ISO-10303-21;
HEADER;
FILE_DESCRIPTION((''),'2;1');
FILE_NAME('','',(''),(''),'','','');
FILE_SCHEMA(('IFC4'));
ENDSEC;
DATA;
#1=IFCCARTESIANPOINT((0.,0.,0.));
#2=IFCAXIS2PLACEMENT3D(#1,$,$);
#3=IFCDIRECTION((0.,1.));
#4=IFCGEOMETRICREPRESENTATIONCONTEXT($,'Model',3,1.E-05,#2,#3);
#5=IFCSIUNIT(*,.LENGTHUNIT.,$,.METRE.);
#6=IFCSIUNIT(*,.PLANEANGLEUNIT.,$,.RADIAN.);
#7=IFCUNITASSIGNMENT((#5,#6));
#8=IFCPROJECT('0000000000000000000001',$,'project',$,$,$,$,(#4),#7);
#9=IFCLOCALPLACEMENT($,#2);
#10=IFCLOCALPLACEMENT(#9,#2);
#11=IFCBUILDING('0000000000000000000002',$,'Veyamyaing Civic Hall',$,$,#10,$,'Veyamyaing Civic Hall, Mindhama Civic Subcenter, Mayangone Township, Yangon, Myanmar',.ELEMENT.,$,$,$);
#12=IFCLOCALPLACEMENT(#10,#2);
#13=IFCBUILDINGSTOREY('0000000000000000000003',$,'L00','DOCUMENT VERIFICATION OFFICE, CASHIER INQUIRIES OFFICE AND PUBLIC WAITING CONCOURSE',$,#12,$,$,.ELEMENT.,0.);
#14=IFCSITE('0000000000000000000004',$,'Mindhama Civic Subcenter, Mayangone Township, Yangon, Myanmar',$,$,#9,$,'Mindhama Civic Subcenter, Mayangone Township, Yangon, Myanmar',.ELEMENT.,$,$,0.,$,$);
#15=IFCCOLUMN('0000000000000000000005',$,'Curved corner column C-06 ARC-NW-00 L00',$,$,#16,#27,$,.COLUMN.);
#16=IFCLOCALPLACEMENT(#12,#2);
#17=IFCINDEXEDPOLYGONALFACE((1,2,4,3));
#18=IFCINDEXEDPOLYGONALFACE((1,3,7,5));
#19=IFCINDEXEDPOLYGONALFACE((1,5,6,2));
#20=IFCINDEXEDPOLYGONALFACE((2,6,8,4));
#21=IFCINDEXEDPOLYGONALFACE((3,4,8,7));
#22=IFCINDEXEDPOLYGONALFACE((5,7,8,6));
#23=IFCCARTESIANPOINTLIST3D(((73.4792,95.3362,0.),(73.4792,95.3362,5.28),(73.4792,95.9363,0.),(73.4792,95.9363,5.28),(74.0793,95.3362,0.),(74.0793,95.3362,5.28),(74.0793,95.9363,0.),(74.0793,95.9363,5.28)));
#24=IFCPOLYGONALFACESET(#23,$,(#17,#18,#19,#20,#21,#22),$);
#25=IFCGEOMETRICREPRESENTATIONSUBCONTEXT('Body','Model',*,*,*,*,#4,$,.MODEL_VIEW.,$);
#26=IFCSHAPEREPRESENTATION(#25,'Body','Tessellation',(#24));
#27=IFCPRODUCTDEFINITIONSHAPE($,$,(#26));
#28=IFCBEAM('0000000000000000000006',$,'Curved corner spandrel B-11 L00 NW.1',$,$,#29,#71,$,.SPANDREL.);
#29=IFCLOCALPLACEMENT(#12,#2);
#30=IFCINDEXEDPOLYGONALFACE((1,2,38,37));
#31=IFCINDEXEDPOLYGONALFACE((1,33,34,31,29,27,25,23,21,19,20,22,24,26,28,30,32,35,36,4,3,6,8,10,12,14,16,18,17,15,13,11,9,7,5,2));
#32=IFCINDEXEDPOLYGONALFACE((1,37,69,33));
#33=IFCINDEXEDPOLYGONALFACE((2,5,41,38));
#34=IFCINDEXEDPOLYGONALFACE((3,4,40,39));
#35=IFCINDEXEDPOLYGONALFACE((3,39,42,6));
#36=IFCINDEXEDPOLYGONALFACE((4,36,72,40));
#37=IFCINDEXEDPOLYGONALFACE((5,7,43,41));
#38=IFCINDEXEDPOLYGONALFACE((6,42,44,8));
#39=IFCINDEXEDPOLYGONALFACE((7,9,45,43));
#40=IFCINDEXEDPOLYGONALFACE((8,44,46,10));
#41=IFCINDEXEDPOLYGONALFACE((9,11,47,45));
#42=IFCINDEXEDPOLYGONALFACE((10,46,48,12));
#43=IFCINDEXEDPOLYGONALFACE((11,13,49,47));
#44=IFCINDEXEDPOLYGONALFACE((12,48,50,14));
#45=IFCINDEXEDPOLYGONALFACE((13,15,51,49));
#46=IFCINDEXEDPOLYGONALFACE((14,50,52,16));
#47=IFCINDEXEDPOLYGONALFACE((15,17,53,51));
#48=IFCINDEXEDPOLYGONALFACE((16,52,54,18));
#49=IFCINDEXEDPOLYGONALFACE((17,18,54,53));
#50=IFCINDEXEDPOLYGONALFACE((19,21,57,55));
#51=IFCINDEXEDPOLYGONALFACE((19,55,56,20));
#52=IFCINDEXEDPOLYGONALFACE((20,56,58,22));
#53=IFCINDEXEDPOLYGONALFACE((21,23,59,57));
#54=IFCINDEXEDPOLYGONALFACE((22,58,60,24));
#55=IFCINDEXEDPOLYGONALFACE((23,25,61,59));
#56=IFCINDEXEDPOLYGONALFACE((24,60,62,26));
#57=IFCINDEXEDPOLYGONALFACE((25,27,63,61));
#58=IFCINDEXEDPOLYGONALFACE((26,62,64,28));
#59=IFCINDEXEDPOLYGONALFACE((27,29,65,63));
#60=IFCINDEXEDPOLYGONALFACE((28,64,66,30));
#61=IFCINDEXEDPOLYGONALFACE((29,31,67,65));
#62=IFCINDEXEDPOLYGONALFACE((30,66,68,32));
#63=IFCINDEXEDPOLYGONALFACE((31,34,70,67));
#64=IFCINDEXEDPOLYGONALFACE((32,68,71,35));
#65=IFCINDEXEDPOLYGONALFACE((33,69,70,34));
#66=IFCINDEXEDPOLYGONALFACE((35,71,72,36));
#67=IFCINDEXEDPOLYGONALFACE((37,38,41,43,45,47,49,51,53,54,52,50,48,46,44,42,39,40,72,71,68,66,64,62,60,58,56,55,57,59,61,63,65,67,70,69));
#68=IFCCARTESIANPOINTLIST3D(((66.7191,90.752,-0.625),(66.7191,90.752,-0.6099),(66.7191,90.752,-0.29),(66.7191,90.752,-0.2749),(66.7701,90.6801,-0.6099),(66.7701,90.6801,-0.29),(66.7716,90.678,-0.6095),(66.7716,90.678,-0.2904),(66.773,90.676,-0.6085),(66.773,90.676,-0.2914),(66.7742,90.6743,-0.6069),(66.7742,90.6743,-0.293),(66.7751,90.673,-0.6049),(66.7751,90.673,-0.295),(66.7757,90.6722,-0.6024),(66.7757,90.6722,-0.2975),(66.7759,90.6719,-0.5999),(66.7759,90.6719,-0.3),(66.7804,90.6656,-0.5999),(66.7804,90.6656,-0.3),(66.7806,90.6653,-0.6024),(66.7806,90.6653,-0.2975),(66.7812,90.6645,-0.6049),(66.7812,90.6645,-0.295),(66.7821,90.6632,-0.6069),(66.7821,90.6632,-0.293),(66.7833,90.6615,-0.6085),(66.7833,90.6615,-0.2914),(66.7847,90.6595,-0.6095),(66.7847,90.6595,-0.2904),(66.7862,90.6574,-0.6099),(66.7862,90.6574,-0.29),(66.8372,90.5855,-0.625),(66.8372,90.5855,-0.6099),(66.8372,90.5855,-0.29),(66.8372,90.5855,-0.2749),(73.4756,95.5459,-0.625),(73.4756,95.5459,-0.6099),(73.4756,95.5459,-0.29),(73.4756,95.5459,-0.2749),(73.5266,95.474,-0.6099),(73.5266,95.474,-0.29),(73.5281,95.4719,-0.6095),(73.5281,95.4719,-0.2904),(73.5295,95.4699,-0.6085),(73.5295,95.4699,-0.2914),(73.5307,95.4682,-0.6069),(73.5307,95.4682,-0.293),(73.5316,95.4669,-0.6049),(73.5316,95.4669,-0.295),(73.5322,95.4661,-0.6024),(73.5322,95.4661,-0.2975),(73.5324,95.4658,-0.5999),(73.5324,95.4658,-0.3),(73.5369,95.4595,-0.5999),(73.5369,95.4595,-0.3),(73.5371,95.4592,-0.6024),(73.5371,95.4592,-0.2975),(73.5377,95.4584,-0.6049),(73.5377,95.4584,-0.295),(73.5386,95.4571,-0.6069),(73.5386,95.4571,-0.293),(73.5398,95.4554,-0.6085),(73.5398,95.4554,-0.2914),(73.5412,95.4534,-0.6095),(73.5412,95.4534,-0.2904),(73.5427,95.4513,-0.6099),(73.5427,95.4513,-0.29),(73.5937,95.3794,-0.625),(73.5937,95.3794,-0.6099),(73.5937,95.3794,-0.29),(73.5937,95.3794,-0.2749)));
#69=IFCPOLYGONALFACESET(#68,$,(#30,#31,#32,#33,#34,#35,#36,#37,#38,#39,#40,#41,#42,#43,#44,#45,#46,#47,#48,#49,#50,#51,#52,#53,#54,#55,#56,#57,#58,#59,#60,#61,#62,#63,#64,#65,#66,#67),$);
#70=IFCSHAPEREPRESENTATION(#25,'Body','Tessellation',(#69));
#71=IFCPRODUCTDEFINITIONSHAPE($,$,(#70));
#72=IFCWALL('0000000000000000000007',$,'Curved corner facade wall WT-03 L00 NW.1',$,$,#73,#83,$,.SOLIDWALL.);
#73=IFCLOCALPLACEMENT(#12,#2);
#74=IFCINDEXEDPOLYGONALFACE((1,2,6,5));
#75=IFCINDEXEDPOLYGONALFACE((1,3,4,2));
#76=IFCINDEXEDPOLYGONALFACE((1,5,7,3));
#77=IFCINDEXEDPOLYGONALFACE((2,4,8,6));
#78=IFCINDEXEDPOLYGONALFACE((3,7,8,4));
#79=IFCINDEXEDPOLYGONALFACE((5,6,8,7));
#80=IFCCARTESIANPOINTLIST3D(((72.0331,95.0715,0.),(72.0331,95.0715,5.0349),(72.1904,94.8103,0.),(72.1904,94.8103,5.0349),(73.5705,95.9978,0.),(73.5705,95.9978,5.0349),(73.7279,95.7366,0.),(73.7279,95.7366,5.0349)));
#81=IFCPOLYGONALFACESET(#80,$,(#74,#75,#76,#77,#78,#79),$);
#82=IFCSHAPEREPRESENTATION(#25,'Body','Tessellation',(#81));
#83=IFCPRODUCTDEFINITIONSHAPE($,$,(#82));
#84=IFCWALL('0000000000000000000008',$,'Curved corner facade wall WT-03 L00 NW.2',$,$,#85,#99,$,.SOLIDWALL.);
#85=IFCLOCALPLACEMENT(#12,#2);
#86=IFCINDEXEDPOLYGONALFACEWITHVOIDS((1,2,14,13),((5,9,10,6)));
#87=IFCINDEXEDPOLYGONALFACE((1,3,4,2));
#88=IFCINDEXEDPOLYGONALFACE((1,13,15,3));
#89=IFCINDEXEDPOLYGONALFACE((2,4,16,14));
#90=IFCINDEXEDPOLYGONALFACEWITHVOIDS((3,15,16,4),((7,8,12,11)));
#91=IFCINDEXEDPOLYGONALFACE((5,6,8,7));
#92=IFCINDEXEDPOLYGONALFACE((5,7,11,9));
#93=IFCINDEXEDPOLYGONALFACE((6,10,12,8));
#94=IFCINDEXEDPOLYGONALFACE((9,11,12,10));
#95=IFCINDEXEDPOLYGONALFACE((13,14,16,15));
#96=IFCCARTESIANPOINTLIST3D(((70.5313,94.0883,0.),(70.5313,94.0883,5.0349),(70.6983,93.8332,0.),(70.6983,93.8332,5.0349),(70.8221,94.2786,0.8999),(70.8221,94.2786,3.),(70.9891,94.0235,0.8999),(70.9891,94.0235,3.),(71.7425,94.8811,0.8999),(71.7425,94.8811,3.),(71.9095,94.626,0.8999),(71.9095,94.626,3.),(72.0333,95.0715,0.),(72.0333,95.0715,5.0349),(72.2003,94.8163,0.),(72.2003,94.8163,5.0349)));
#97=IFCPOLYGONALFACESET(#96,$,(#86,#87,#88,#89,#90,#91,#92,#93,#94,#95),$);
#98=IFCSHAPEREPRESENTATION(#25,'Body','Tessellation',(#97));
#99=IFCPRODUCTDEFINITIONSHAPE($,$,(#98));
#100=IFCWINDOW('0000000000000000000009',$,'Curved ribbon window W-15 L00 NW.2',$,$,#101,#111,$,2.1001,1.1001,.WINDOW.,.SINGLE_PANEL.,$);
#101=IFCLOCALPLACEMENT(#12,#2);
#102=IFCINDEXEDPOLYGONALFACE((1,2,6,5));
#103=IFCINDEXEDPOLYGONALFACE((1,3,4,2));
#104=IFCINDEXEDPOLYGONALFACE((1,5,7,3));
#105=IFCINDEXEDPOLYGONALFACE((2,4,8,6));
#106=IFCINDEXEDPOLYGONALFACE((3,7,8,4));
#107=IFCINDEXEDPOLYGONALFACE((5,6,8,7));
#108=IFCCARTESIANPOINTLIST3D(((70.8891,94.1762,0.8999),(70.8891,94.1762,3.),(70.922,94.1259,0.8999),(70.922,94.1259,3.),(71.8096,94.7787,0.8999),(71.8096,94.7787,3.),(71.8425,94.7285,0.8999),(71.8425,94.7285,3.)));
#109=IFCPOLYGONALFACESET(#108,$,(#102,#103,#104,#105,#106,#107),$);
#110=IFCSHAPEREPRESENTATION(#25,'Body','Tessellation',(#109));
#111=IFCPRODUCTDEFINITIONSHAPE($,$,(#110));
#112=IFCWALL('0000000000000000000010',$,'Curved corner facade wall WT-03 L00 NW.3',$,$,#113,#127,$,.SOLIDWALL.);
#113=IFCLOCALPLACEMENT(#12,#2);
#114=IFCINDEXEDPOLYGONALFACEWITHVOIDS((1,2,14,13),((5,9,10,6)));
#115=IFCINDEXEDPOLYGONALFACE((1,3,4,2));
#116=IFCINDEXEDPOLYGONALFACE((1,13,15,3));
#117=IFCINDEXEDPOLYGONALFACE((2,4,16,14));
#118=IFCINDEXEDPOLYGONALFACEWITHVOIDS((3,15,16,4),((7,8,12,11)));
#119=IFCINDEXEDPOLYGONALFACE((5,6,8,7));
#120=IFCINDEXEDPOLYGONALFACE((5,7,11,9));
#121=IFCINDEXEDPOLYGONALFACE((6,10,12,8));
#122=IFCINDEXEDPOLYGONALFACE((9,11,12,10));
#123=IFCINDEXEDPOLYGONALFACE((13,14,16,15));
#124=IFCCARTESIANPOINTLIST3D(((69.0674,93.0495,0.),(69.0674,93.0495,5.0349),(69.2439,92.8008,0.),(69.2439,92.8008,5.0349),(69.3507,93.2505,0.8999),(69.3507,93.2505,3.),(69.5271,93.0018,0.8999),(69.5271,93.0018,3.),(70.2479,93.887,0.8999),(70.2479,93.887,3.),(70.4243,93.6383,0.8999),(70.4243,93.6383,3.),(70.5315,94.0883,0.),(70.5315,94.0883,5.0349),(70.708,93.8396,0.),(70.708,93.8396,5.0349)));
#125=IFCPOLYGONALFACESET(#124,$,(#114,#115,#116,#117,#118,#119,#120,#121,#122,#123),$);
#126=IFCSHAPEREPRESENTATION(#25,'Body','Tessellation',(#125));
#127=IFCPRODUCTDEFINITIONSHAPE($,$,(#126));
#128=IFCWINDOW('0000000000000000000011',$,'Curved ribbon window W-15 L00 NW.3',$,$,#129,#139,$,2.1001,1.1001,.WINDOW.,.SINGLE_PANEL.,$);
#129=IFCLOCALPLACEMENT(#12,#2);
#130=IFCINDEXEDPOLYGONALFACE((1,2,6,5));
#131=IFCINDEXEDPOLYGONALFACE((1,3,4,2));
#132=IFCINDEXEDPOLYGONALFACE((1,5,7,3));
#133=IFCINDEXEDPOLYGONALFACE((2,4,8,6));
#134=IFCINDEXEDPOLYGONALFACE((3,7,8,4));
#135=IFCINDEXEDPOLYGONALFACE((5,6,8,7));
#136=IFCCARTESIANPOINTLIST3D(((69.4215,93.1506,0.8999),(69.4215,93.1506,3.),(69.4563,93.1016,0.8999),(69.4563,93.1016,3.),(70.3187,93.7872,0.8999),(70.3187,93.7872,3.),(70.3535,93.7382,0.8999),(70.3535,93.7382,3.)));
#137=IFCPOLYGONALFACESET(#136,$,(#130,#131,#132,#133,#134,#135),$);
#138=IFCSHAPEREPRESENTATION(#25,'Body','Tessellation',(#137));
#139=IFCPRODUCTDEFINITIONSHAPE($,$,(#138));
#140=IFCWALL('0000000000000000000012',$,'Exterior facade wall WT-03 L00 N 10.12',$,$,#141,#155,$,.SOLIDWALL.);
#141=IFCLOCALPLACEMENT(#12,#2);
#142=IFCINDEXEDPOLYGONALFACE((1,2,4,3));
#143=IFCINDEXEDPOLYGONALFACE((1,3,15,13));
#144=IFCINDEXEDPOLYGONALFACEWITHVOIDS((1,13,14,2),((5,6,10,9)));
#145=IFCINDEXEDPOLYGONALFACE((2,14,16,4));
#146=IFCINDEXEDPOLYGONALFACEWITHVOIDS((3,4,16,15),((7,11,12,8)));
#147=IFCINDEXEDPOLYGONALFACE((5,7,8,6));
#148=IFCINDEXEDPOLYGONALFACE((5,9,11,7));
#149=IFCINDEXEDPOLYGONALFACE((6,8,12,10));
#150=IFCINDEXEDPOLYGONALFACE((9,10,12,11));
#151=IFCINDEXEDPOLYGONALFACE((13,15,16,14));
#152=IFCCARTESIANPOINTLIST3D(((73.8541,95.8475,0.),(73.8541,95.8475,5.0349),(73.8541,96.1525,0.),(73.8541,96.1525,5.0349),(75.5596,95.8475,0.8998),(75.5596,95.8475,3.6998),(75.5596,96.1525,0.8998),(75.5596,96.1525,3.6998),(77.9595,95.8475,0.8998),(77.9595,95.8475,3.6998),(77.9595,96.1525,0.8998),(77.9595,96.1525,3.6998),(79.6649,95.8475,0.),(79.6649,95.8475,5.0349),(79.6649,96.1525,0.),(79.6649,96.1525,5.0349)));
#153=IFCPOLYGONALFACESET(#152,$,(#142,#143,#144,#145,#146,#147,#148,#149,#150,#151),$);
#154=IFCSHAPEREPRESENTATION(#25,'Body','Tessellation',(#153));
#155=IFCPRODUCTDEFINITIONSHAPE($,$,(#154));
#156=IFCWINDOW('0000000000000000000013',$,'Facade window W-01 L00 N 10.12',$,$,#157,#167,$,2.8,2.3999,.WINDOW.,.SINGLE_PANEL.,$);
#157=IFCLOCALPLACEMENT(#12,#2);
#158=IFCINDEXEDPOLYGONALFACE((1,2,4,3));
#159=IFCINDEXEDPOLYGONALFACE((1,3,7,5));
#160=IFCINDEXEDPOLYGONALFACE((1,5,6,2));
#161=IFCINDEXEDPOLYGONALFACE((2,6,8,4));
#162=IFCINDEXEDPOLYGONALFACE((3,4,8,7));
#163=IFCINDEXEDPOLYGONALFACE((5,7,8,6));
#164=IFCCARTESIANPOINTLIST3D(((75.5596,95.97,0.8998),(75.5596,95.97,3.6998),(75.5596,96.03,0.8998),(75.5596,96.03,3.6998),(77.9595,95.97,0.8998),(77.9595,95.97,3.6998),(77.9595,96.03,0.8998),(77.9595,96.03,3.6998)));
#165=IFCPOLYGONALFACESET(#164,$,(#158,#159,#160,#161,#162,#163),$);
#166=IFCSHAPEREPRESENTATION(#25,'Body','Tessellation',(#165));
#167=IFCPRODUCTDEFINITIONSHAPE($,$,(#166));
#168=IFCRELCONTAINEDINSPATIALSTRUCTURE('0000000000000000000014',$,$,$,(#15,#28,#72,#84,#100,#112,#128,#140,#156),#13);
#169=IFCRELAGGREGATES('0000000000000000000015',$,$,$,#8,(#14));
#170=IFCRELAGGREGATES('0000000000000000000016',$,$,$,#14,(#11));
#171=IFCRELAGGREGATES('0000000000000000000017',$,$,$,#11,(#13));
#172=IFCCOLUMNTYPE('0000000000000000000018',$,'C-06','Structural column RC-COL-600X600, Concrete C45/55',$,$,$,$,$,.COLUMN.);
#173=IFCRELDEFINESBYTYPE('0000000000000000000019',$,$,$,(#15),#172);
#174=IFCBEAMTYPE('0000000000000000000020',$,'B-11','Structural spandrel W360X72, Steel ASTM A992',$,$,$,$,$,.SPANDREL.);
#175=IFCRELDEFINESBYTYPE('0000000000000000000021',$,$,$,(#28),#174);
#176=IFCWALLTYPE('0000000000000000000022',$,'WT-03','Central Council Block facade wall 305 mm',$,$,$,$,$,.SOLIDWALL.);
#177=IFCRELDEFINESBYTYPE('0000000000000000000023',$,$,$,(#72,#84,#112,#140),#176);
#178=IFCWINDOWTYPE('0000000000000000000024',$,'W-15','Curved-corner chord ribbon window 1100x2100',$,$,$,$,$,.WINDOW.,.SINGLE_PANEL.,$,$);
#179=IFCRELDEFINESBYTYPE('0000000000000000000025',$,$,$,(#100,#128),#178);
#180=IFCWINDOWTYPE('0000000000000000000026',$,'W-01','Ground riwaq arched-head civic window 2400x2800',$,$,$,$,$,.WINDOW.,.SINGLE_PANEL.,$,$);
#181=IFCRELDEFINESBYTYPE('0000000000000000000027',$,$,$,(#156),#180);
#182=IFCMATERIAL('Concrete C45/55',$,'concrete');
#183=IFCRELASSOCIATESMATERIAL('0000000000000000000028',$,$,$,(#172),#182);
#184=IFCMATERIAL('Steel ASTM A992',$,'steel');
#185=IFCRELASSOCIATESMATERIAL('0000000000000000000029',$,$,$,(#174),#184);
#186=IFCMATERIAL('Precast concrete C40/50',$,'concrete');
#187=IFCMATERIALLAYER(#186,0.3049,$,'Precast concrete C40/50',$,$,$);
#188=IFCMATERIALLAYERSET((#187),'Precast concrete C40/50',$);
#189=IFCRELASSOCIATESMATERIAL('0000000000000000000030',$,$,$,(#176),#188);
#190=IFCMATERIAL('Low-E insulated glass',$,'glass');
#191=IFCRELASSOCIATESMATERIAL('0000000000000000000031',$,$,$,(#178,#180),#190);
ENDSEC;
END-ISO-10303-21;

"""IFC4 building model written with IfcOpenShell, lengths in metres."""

from ifc_helpers import new_model, si_unit, direction, frame, frame_2d, origin, origin_2d, place, context, subcontext, project, spatial, rectangle, i_section, extrude, material, layer, layer_set, material_profile, profile_set, type_object, element, fill, save


model = new_model("IFC4")

# Units and contexts
model_context = context("Model", 3, precision=1e-05, world=origin(), true_north=direction((0.0, 1.0)))
body_context = subcontext(model_context, "Body", "Model", "MODEL_VIEW")
ifc_project = project(units=[si_unit("LENGTHUNIT", "METRE"), si_unit("PLANEANGLEUNIT", "RADIAN")], contexts=[model_context])

# Site, building, storey
site_placement = place(None, origin())
site = spatial("IfcSite", under=ifc_project, at=site_placement, Name="Mindhama Civic Subcenter, Mayangone Township, Yangon, Myanmar", LongName="Mindhama Civic Subcenter, Mayangone Township, Yangon, Myanmar", CompositionType="ELEMENT", RefElevation=0.0)
building_placement = place(site_placement, origin())
building = spatial("IfcBuilding", under=site, at=building_placement, Name="Veyamyaing Civic Hall", LongName="Veyamyaing Civic Hall, Mindhama Civic Subcenter, Mayangone Township, Yangon, Myanmar", CompositionType="ELEMENT")
storey_placement = place(building_placement, origin())
storey = spatial("IfcBuildingStorey", under=building, at=storey_placement, Name="L00", Description="DOCUMENT VERIFICATION OFFICE, CASHIER INQUIRIES OFFICE AND PUBLIC WAITING CONCOURSE", CompositionType="ELEMENT", Elevation=0.0)

# Column
ifc_material_1 = material(Name="Concrete C45/55", Category="concrete")
ifc_material_profile_1 = material_profile(ifc_material_1, rectangle(XDim=0.6001, YDim=0.6001, at=origin_2d()), Name="RC-COL-600X600")
ifc_profile_set_1 = profile_set([ifc_material_profile_1], Name="Concrete C45/55")
column_type = type_object("IfcColumnType", Name="C-06", Description="Structural column RC-COL-600X600, Concrete C45/55", PredefinedType="COLUMN", material=ifc_profile_set_1)
column_placement = place(storey_placement, frame((73.7793, 95.6362, 0.0), z_axis=(0.0, 0.0, 1.0), x_axis=(1.0, 0.0, 0.0)))
element("IfcColumn", 1, at=column_placement, inside=storey, type_object=column_type, Name="Curved corner column C-06 ARC-NW-00 L00", PredefinedType="COLUMN", context=body_context, shape_type="SweptSolid", body=[
    extrude(rectangle(XDim=0.6001, YDim=0.6001, at=origin_2d()), origin(), (0.0, 0.0, 1.0), 5.28),
])

# Beam
ifc_material_2 = material(Name="Steel ASTM A992", Category="steel")
ifc_material_profile_2 = material_profile(ifc_material_2, i_section(OverallWidth=0.2041, OverallDepth=0.3501, WebThickness=0.0078, FlangeThickness=0.0151, FilletRadius=0.01, at=origin_2d()), Name="W360X72")
ifc_profile_set_2 = profile_set([ifc_material_profile_2], Name="Steel ASTM A992")
beam_type = type_object("IfcBeamType", Name="B-11", Description="Structural spandrel W360X72, Steel ASTM A992", PredefinedType="SPANDREL", material=ifc_profile_set_2)
beam_placement = place(storey_placement, frame((73.5347, 95.4626, -0.45), z_axis=(-0.815567, -0.578662, 0.0), x_axis=(0.578662, -0.815567, 0.0)))
element("IfcBeam", 2, at=beam_placement, inside=storey, type_object=beam_type, Name="Curved corner spandrel B-11 L00 NW.1", PredefinedType="SPANDREL", context=body_context, shape_type="SweptSolid", body=[
    extrude(i_section(OverallWidth=0.2041, OverallDepth=0.3501, WebThickness=0.0078, FlangeThickness=0.0151, FilletRadius=0.01, at=origin_2d()), origin(), (0.0, 0.0, 1.0), 8.2844),
])

# Wall
ifc_material_3 = material(Name="Precast concrete C40/50", Category="concrete")
ifc_layer_1 = layer(ifc_material_3, 0.3049, Name="Precast concrete C40/50")
ifc_layer_set_1 = layer_set([ifc_layer_1], Name="Precast concrete C40/50")
wall_type = type_object("IfcWallType", Name="WT-03", Description="Central Council Block facade wall 305 mm", PredefinedType="SOLIDWALL", material=ifc_layer_set_1)
wall_1_placement = place(storey_placement, frame((73.6492, 95.8672, 0.0), z_axis=(0.0, 0.0, 1.0), x_axis=(-0.856543, -0.516075, 0.0)))
element("IfcWall", 3, at=wall_1_placement, inside=storey, type_object=wall_type, Name="Curved corner facade wall WT-03 L00 NW.1", PredefinedType="SOLIDWALL", context=body_context, shape_type="SweptSolid", body=[
    extrude(rectangle(XDim=1.7949, YDim=0.3049, at=frame_2d((0.8975, 0.0))), origin(), (0.0, 0.0, 1.0), 5.0349),
])

# Walls, openings, windows
wall_2_placement = place(storey_placement, frame((72.1167, 94.9438, 0.0), z_axis=(0.0, 0.0, 1.0), x_axis=(-0.836687, -0.547682, 0.0)))
wall_2 = element("IfcWall", 4, at=wall_2_placement, inside=storey, type_object=wall_type, Name="Curved corner facade wall WT-03 L00 NW.2", PredefinedType="SOLIDWALL", context=body_context, shape_type="SweptSolid", body=[
    extrude(rectangle(XDim=1.7952, YDim=0.3049, at=frame_2d((0.8975, 0.0))), origin(), (0.0, 0.0, 1.0), 5.0349),
])
opening_1_placement = place(wall_2_placement, frame((0.3474, 0.0, 0.8999)))
opening_1 = element("IfcOpeningElement", 5, at=opening_1_placement, cuts=wall_2, PredefinedType="OPENING", context=body_context, shape_type="SweptSolid", body=[
    extrude(rectangle(XDim=1.1001, YDim=2.1001, at=frame_2d((0.55, 1.05))), frame((0.0, 0.1624, 0.0), z_axis=(0.0, -1.0, 0.0), x_axis=(1.0, 0.0, 0.0)), (0.0, 0.0, 1.0), 0.325),
])
ifc_material_4 = material(Name="Low-E insulated glass", Category="glass")
window_type_1 = type_object("IfcWindowType", Name="W-15", Description="Curved-corner chord ribbon window 1100x2100", PartitioningType="SINGLE_PANEL", PredefinedType="WINDOW", material=ifc_material_4)
window_1_placement = place(opening_1_placement, origin())
window_1 = element("IfcWindow", 6, at=window_1_placement, inside=storey, type_object=window_type_1, Name="Curved ribbon window W-15 L00 NW.2", OverallHeight=2.1001, OverallWidth=1.1001, PartitioningType="SINGLE_PANEL", PredefinedType="WINDOW", context=body_context, shape_type="SweptSolid", body=[
    extrude(rectangle(XDim=1.1001, YDim=2.1001, at=frame_2d((0.55, 1.05))), frame((0.0, 0.03, 0.0), z_axis=(0.0, -1.0, 0.0), x_axis=(1.0, 0.0, 0.0)), (0.0, 0.0, 1.0), 0.0601),
])
fill(opening_1, window_1)
wall_3_placement = place(storey_placement, frame((70.6196, 93.9639, 0.0), z_axis=(0.0, 0.0, 1.0), x_axis=(-0.815567, -0.578662, 0.0)))
wall_3 = element("IfcWall", 7, at=wall_3_placement, inside=storey, type_object=wall_type, Name="Curved corner facade wall WT-03 L00 NW.3", PredefinedType="SOLIDWALL", context=body_context, shape_type="SweptSolid", body=[
    extrude(rectangle(XDim=1.7952, YDim=0.3049, at=frame_2d((0.8975, 0.0))), origin(), (0.0, 0.0, 1.0), 5.0349),
])
opening_2_placement = place(wall_3_placement, frame((0.3477, 0.0, 0.8999)))
opening_2 = element("IfcOpeningElement", 8, at=opening_2_placement, cuts=wall_3, PredefinedType="OPENING", context=body_context, shape_type="SweptSolid", body=[
    extrude(rectangle(XDim=1.1001, YDim=2.1001, at=frame_2d((0.55, 1.05))), frame((0.0, 0.1624, 0.0), z_axis=(0.0, -1.0, 0.0), x_axis=(1.0, 0.0, 0.0)), (0.0, 0.0, 1.0), 0.325),
])
window_2_placement = place(opening_2_placement, origin())
window_2 = element("IfcWindow", 9, at=window_2_placement, inside=storey, type_object=window_type_1, Name="Curved ribbon window W-15 L00 NW.3", OverallHeight=2.1001, OverallWidth=1.1001, PartitioningType="SINGLE_PANEL", PredefinedType="WINDOW", context=body_context, shape_type="SweptSolid", body=[
    extrude(rectangle(XDim=1.1001, YDim=2.1001, at=frame_2d((0.55, 1.05))), frame((0.0, 0.03, 0.0), z_axis=(0.0, -1.0, 0.0), x_axis=(1.0, 0.0, 0.0)), (0.0, 0.0, 1.0), 0.0601),
])
fill(opening_2, window_2)
wall_4_placement = place(storey_placement, frame((73.8542, 96.0, 0.0), z_axis=(0.0, 0.0, 1.0), x_axis=(1.0, 0.0, 0.0)))
wall_4 = element("IfcWall", 10, at=wall_4_placement, inside=storey, type_object=wall_type, Name="Exterior facade wall WT-03 L00 N 10.12", PredefinedType="SOLIDWALL", context=body_context, shape_type="SweptSolid", body=[
    extrude(rectangle(XDim=5.8108, YDim=0.3049, at=frame_2d((2.9053, 0.0))), origin(), (0.0, 0.0, 1.0), 5.0349),
])
opening_3_placement = place(wall_4_placement, frame((1.7053, 0.0, 0.8999)))
opening_3 = element("IfcOpeningElement", 11, at=opening_3_placement, cuts=wall_4, PredefinedType="OPENING", context=body_context, shape_type="SweptSolid", body=[
    extrude(rectangle(XDim=2.3999, YDim=2.8, at=frame_2d((1.2, 1.3999))), frame((0.0, 0.1624, 0.0), z_axis=(0.0, -1.0, 0.0), x_axis=(1.0, 0.0, 0.0)), (0.0, 0.0, 1.0), 0.325),
])
window_type_2 = type_object("IfcWindowType", Name="W-01", Description="Ground riwaq arched-head civic window 2400x2800", PartitioningType="SINGLE_PANEL", PredefinedType="WINDOW", material=ifc_material_4)
window_3_placement = place(opening_3_placement, origin())
window_3 = element("IfcWindow", 12, at=window_3_placement, inside=storey, type_object=window_type_2, Name="Facade window W-01 L00 N 10.12", OverallHeight=2.8, OverallWidth=2.3999, PartitioningType="SINGLE_PANEL", PredefinedType="WINDOW", context=body_context, shape_type="SweptSolid", body=[
    extrude(rectangle(XDim=2.3999, YDim=2.8, at=frame_2d((1.2, 1.3999))), frame((0.0, 0.03, 0.0), z_axis=(0.0, -1.0, 0.0), x_axis=(1.0, 0.0, 0.0)), (0.0, 0.0, 1.0), 0.0601),
])
fill(opening_3, window_3)

save(model, "model.ifc")
